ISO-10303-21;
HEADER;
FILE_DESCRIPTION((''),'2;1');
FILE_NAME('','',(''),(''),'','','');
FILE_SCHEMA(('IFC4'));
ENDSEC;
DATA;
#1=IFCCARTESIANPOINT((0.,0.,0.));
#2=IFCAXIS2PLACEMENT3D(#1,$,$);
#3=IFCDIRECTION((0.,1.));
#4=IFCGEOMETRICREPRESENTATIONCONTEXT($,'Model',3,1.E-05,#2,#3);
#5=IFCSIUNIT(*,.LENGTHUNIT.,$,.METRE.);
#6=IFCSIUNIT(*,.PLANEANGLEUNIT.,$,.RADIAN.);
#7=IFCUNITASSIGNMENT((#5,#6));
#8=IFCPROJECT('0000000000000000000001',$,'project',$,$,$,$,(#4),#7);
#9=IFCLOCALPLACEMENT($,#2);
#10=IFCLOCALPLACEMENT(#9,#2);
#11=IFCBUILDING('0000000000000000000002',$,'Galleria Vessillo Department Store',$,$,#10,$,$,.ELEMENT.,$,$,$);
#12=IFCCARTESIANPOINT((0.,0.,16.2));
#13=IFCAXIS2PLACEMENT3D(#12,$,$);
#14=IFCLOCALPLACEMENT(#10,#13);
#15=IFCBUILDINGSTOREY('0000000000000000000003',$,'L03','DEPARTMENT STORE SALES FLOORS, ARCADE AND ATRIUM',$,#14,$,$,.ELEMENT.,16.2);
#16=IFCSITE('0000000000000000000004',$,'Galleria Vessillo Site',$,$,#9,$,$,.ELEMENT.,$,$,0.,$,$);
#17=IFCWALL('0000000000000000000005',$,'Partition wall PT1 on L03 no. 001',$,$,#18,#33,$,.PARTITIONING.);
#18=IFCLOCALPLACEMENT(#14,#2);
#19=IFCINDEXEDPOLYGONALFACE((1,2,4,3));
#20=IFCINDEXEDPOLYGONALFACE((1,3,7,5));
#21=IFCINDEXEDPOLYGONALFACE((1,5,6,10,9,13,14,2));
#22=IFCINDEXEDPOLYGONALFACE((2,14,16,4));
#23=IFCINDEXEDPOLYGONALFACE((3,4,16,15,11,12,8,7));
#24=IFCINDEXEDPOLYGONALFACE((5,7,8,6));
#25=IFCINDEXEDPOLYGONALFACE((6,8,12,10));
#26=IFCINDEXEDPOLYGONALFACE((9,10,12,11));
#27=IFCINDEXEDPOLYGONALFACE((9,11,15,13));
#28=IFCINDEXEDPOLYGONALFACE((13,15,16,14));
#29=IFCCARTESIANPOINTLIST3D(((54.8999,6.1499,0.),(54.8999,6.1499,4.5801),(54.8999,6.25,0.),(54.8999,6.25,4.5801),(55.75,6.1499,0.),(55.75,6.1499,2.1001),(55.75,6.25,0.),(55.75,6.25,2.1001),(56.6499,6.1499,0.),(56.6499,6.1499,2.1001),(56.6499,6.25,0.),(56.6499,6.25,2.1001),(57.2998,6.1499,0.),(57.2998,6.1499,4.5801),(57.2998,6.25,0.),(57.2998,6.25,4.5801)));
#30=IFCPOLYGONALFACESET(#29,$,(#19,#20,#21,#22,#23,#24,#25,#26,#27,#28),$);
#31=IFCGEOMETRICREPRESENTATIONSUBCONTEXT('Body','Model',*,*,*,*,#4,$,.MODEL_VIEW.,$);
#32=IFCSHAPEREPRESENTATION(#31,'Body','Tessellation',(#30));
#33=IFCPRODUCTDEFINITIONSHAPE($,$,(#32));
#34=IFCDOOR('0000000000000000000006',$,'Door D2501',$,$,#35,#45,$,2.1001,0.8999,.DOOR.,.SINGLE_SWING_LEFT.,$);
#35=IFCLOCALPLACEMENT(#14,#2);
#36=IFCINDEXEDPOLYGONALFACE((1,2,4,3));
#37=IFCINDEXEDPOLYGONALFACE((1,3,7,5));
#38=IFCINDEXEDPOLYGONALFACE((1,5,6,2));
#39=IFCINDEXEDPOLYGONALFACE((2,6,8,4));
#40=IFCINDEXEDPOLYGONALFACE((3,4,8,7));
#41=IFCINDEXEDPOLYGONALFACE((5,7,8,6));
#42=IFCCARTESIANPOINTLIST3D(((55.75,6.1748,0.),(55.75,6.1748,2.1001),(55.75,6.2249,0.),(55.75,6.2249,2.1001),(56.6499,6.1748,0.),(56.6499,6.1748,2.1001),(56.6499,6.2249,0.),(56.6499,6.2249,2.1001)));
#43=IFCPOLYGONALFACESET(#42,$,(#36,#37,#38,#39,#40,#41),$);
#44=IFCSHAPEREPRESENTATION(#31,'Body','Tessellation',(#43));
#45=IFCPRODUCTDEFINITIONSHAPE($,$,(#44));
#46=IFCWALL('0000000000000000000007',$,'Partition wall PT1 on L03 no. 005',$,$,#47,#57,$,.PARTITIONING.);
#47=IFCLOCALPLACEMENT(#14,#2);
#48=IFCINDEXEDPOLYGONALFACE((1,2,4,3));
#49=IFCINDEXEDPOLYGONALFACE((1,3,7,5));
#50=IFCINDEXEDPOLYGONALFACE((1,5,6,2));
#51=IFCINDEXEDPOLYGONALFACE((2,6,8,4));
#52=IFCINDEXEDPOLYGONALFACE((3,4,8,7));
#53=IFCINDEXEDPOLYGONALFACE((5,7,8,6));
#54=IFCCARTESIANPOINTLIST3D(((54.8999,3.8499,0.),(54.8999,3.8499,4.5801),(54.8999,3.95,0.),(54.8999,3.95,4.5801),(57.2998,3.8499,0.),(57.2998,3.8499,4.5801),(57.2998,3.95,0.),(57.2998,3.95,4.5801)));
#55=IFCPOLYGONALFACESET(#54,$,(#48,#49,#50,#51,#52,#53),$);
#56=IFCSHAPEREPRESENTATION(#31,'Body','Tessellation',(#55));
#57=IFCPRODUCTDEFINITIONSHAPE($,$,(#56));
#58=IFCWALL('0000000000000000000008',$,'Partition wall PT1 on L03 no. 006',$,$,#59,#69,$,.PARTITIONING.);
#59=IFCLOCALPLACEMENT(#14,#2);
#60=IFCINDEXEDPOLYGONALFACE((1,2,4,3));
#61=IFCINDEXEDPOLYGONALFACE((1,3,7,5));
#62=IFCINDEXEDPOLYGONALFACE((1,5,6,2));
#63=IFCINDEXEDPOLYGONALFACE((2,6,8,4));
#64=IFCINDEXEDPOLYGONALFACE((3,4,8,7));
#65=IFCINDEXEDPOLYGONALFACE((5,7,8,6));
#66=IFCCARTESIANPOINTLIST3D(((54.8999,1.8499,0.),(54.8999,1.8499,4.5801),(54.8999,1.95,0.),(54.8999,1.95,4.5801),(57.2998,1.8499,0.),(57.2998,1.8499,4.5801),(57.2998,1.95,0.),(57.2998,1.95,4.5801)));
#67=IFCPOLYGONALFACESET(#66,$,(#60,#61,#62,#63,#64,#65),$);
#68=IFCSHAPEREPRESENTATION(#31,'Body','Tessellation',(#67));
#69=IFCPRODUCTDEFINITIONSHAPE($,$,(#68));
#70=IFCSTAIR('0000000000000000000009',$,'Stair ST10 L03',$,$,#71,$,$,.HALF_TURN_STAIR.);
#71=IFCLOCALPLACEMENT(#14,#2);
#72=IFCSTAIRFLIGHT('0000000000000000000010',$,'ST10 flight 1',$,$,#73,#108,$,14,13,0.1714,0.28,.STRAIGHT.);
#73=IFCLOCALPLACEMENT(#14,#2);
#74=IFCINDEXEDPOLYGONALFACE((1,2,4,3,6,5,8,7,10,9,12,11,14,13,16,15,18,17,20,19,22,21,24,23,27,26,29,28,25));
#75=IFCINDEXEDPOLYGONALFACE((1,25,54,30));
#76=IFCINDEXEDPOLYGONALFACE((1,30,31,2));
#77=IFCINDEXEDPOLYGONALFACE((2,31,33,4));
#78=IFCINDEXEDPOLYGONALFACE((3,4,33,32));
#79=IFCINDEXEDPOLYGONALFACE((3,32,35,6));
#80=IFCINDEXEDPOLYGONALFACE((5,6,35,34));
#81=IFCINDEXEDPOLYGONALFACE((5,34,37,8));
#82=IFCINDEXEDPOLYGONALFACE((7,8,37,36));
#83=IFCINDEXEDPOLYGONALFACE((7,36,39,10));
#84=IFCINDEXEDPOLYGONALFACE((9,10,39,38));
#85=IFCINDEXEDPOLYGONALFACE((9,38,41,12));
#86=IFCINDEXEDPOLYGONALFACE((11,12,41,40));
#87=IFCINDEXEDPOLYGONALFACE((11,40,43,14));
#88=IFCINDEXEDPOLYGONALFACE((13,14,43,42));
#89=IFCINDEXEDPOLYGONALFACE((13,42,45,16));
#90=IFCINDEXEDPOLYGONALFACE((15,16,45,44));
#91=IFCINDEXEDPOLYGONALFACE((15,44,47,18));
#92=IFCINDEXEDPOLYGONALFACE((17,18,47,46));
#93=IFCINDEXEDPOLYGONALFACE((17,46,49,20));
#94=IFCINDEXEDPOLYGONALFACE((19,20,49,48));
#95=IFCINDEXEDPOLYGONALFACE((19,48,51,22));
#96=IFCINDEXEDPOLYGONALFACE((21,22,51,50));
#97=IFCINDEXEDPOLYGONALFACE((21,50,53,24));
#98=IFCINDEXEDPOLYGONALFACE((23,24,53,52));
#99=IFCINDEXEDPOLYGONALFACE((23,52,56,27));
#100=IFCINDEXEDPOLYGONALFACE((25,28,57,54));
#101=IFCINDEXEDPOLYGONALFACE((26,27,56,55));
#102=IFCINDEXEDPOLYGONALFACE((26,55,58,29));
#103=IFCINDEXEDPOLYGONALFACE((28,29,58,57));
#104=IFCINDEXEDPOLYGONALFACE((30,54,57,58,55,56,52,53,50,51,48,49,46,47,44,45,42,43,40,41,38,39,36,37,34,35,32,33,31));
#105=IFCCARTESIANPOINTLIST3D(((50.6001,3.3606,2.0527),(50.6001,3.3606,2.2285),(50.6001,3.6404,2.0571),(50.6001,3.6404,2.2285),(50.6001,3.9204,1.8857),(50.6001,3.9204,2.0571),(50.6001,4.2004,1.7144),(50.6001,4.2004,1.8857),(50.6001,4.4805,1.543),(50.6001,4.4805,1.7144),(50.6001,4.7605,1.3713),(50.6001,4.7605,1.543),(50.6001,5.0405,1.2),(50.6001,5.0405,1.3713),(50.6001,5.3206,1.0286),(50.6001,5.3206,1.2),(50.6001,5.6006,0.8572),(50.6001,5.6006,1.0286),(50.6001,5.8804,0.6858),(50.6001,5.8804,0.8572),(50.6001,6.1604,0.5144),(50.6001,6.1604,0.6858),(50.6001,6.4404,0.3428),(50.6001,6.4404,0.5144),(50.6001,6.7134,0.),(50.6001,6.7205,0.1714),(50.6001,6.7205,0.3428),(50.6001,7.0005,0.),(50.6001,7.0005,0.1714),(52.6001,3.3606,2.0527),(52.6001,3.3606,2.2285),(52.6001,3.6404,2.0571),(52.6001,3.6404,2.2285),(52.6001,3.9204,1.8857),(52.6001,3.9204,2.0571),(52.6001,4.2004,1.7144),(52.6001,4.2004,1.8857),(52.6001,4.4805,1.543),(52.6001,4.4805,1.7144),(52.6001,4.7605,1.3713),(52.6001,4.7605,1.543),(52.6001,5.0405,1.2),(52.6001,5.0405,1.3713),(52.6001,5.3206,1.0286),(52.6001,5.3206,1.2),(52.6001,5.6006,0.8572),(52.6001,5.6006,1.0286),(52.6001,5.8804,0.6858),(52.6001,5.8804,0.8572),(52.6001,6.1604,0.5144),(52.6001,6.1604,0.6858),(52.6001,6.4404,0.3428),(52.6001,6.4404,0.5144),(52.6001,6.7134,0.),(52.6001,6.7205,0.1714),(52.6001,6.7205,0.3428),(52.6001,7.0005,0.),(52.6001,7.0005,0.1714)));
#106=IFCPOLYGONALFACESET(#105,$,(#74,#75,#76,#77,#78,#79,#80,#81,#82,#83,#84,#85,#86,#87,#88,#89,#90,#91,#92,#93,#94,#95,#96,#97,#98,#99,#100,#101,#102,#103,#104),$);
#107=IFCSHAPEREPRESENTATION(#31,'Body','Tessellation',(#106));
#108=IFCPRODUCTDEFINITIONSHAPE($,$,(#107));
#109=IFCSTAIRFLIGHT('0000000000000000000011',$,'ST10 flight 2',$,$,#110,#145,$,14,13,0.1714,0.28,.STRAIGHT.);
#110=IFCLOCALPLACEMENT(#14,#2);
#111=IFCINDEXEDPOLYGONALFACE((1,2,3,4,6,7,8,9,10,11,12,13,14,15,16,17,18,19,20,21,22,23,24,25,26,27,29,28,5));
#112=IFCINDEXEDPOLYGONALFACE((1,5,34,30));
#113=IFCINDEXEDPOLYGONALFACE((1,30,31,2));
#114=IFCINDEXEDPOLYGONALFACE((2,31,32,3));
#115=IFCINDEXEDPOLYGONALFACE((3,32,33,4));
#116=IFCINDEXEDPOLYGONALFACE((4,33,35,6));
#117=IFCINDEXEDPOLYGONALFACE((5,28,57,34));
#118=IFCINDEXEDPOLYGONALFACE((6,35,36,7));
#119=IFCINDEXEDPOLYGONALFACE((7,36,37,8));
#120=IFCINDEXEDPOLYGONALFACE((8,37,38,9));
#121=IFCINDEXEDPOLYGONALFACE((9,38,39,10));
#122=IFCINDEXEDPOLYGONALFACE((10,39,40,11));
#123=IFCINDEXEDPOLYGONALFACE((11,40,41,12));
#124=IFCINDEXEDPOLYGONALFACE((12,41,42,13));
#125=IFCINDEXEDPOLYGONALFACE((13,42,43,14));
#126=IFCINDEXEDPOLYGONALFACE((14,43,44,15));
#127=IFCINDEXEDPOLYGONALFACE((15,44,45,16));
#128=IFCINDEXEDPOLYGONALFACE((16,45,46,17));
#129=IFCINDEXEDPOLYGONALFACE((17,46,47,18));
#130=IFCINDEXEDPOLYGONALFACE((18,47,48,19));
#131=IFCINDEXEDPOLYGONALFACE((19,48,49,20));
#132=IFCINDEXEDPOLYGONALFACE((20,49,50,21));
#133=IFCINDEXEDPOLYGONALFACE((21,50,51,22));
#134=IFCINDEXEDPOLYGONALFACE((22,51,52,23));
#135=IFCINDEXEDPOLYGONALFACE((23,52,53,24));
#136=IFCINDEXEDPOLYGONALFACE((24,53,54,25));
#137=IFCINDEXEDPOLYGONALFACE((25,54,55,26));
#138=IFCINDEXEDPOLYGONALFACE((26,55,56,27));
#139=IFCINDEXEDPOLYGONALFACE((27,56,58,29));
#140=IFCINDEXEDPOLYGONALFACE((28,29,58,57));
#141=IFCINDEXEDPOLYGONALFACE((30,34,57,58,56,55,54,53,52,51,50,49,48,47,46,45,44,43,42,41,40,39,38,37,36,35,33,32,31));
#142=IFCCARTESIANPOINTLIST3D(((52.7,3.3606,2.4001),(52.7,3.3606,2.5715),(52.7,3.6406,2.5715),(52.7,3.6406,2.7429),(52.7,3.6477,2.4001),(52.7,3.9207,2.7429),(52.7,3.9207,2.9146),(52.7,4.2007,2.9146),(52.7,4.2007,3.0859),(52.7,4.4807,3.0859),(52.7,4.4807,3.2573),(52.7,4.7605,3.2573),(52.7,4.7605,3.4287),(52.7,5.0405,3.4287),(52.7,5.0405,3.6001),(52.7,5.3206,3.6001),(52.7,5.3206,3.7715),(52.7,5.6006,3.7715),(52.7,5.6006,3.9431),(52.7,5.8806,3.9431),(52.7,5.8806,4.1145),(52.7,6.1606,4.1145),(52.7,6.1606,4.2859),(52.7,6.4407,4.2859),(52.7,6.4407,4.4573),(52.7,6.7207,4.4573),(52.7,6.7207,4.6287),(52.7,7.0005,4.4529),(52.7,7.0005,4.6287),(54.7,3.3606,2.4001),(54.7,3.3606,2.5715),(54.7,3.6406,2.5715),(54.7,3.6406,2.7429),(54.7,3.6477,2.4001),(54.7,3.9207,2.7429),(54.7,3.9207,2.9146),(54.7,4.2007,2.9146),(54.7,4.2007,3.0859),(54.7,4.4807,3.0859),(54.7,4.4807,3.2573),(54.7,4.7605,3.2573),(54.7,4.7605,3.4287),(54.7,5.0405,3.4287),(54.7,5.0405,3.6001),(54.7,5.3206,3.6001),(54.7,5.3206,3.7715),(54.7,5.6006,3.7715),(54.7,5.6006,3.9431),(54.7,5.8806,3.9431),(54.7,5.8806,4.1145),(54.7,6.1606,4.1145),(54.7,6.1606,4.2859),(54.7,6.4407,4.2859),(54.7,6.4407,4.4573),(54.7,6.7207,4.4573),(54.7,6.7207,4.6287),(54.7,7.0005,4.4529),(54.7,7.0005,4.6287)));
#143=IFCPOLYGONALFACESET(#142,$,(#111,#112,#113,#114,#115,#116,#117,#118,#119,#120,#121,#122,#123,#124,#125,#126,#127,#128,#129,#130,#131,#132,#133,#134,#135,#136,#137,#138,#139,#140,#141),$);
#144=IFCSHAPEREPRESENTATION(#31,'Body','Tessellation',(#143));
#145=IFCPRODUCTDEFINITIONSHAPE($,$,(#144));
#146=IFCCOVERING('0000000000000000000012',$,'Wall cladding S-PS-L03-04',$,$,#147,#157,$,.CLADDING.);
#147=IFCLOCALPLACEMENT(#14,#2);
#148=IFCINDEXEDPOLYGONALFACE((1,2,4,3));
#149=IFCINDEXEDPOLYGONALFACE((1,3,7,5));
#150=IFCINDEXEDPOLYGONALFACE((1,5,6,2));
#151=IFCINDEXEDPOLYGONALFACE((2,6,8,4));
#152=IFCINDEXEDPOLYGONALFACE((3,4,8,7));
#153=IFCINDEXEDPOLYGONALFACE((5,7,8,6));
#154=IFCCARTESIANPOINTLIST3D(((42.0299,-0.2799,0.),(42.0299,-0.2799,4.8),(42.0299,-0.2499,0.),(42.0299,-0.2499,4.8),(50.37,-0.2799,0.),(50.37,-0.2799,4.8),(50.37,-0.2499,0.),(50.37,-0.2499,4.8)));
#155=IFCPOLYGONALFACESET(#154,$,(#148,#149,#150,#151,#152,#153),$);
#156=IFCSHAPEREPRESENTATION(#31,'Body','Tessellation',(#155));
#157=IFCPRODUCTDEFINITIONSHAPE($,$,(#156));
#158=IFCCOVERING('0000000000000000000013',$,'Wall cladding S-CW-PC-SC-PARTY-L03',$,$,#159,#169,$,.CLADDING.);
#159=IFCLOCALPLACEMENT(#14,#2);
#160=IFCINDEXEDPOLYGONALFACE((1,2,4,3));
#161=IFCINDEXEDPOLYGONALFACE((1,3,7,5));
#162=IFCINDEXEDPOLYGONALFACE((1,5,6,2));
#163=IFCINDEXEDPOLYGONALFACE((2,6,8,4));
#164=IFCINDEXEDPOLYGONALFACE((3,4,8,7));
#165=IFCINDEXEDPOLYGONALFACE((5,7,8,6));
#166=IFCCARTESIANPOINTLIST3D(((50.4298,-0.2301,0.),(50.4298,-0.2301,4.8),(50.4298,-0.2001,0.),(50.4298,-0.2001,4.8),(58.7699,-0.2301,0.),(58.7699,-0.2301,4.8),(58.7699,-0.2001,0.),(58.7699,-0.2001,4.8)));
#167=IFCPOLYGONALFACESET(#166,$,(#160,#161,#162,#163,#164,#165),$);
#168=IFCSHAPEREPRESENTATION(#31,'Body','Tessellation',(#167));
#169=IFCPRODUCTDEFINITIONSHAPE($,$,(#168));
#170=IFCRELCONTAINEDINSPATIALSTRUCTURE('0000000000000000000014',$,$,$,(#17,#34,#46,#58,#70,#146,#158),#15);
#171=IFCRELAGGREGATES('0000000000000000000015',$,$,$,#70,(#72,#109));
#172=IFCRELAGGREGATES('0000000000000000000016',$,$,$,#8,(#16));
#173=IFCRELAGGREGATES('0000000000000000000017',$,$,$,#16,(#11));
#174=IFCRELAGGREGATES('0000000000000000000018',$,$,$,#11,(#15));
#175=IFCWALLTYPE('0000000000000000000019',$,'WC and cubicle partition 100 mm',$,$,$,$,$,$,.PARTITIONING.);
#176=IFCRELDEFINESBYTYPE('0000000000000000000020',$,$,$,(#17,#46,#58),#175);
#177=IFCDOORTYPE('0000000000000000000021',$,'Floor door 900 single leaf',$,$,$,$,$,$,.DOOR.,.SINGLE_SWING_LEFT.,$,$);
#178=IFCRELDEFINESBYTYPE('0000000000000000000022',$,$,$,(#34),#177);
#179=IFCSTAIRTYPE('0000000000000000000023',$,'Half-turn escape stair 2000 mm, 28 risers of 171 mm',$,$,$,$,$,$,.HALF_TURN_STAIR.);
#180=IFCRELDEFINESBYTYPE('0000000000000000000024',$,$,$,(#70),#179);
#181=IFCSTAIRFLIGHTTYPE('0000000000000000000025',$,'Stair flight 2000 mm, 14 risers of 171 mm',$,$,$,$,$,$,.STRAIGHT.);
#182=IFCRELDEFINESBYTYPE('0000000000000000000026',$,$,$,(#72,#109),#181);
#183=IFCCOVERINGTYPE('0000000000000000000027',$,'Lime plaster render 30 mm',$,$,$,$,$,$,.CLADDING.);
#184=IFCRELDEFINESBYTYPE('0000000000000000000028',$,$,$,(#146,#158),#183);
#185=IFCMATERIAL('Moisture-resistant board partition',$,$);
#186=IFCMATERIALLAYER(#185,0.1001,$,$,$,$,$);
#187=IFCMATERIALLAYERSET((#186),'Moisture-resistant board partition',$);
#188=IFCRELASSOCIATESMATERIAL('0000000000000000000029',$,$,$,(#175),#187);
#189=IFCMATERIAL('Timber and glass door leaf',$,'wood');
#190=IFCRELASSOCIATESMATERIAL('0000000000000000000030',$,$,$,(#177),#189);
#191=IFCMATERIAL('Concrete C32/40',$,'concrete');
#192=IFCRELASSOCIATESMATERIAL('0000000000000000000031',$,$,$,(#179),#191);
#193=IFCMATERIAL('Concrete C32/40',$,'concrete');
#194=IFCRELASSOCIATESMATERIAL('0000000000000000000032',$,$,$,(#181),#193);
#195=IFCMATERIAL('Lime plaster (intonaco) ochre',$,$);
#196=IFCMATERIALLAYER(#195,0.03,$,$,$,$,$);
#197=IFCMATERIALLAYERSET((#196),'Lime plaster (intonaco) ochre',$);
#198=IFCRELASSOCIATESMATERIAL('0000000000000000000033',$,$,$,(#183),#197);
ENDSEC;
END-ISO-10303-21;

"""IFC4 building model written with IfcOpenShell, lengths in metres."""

from ifc_helpers import new_model, si_unit, direction, frame, frame_2d, origin, origin_2d, place, context, subcontext, project, spatial, polyline, rectangle, outline, extrude, material, layer, layer_set, type_object, element, fill, aggregate, save


model = new_model("IFC4")

# Units and contexts
model_context = context("Model", 3, precision=1e-05, world=origin(), true_north=direction((0.0, 1.0)))
body_context = subcontext(model_context, "Body", "Model", "MODEL_VIEW")
ifc_project = project(units=[si_unit("LENGTHUNIT", "METRE"), si_unit("PLANEANGLEUNIT", "RADIAN")], contexts=[model_context])

# Site, building, storey
site_placement = place(None, origin())
site = spatial("IfcSite", under=ifc_project, at=site_placement, Name="Galleria Vessillo Site", CompositionType="ELEMENT", RefElevation=0.0)
building_placement = place(site_placement, origin())
building = spatial("IfcBuilding", under=site, at=building_placement, Name="Galleria Vessillo Department Store", CompositionType="ELEMENT")
storey_placement = place(building_placement, frame((0.0, 0.0, 16.2)))
storey = spatial("IfcBuildingStorey", under=building, at=storey_placement, Name="L03", Description="DEPARTMENT STORE SALES FLOORS, ARCADE AND ATRIUM", CompositionType="ELEMENT", Elevation=16.2)

# Wall, opening, door
ifc_material_1 = material(Name="Moisture-resistant board partition")
ifc_layer_1 = layer(ifc_material_1, 0.1001)
ifc_layer_set_1 = layer_set([ifc_layer_1], Name="Moisture-resistant board partition")
wall_type_1 = type_object("IfcWallType", Name="WC and cubicle partition 100 mm", PredefinedType="PARTITIONING", material=ifc_layer_set_1)
wall_1_placement = place(storey_placement, frame((54.8999, 6.2, 0.0), z_axis=(0.0, 0.0, 1.0), x_axis=(1.0, 0.0, 0.0)))
wall_1 = element("IfcWall", 1, at=wall_1_placement, inside=storey, type_object=wall_type_1, Name="Partition wall PT1 on L03 no. 001", PredefinedType="PARTITIONING", context=body_context, shape_type="SweptSolid", body=[
    extrude(rectangle(XDim=2.3999, YDim=0.1001, at=frame_2d((1.2, 0.0))), origin(), (0.0, 0.0, 1.0), 4.5801),
])
opening_placement = place(wall_1_placement, frame((0.8501, 0.0, 0.0)))
opening = element("IfcOpeningElement", 2, at=opening_placement, cuts=wall_1, PredefinedType="OPENING", context=body_context, shape_type="SweptSolid", body=[
    extrude(rectangle(XDim=0.8999, YDim=2.1001, at=frame_2d((0.45, 1.05))), frame((0.0, 0.0601, 0.0), z_axis=(0.0, -1.0, 0.0), x_axis=(1.0, 0.0, 0.0)), (0.0, 0.0, 1.0), 0.1201),
])
ifc_material_2 = material(Name="Timber and glass door leaf", Category="wood")
door_type = type_object("IfcDoorType", Name="Floor door 900 single leaf", OperationType="SINGLE_SWING_LEFT", PredefinedType="DOOR", material=ifc_material_2)
door_placement = place(opening_placement, origin())
door = element("IfcDoor", 3, at=door_placement, inside=storey, type_object=door_type, Name="Door D2501", OperationType="SINGLE_SWING_LEFT", OverallHeight=2.1001, OverallWidth=0.8999, PredefinedType="DOOR", context=body_context, shape_type="SweptSolid", body=[
    extrude(rectangle(XDim=0.8999, YDim=2.1001, at=frame_2d((0.45, 1.05))), frame((0.0, 0.0249, 0.0), z_axis=(0.0, -1.0, 0.0), x_axis=(1.0, 0.0, 0.0)), (0.0, 0.0, 1.0), 0.05),
])
fill(opening, door)

# Walls
for number, where, z_axis, x_axis, name in (
    (4, (54.8999, 3.8999, 0.0), (0.0, 0.0, 1.0), (1.0, 0.0, 0.0), "Partition wall PT1 on L03 no. 005"),
    (5, (54.8999, 1.8999, 0.0), (0.0, 0.0, 1.0), (1.0, 0.0, 0.0), "Partition wall PT1 on L03 no. 006"),
):
    element("IfcWall", number, at=place(storey_placement, frame(where, z_axis=z_axis, x_axis=x_axis)), inside=storey, type_object=wall_type_1, Name=name, PredefinedType="PARTITIONING", context=body_context, shape_type="SweptSolid", body=[
        extrude(rectangle(XDim=2.3999, YDim=0.1001, at=frame_2d((1.2, 0.0))), origin(), (0.0, 0.0, 1.0), 4.5801),
    ])

# Stair, stair flights
ifc_material_3 = material(Name="Concrete C32/40", Category="concrete")
stair_type = type_object("IfcStairType", Name="Half-turn escape stair 2000 mm, 28 risers of 171 mm", PredefinedType="HALF_TURN_STAIR", material=ifc_material_3)
stair_placement = place(storey_placement, origin())
stair = element("IfcStair", 6, at=stair_placement, inside=storey, type_object=stair_type, Name="Stair ST10 L03", PredefinedType="HALF_TURN_STAIR")
ifc_material_4 = material(Name="Concrete C32/40", Category="concrete")
stair_flight_type = type_object("IfcStairFlightType", Name="Stair flight 2000 mm, 14 risers of 171 mm", PredefinedType="STRAIGHT", material=ifc_material_4)
stair_flight_1_placement = place(storey_placement, frame((51.6001, 7.0005, 0.0), z_axis=(0.0, 0.0, 1.0), x_axis=(0.0, -1.0, 0.0)))
stair_flight_1 = element("IfcStairFlight", 7, at=stair_flight_1_placement, type_object=stair_flight_type, Name="ST10 flight 1", NumberOfRisers=14, NumberOfTreads=13, PredefinedType="STRAIGHT", RiserHeight=0.1714, TreadLength=0.28, context=body_context, shape_type="SweptSolid", body=[
    extrude(outline(polyline([(0.0, 0.0), (0.0, 0.1714), (0.28, 0.1714), (0.28, 0.3428), (0.5601, 0.3428), (0.5601, 0.5144), (0.8401, 0.5144), (0.8401, 0.6858), (1.1201, 0.6858), (1.1201, 0.8572), (1.3999, 0.8572), (1.3999, 1.0286), (1.6799, 1.0286), (1.6799, 1.2), (1.96, 1.2), (1.96, 1.3713), (2.24, 1.3713), (2.24, 1.543), (2.52, 1.543), (2.52, 1.7144), (2.8, 1.7144), (2.8, 1.8857), (3.0801, 1.8857), (3.0801, 2.0571), (3.3601, 2.0571), (3.3601, 2.2285), (3.6399, 2.2285), (3.6399, 2.3999), (3.6399, 2.0527), (0.2871, 0.0), (0.0, 0.0)])), frame((0.0, 1.0, 0.0), z_axis=(0.0, -1.0, 0.0), x_axis=(1.0, 0.0, 0.0)), (0.0, 0.0, 1.0), 2.0),
])
stair_flight_2_placement = place(storey_placement, frame((53.7, 3.3606, 2.4001), z_axis=(0.0, 0.0, 1.0), x_axis=(0.0, 1.0, 0.0)))
stair_flight_2 = element("IfcStairFlight", 8, at=stair_flight_2_placement, type_object=stair_flight_type, Name="ST10 flight 2", NumberOfRisers=14, NumberOfTreads=13, PredefinedType="STRAIGHT", RiserHeight=0.1714, TreadLength=0.28, context=body_context, shape_type="SweptSolid", body=[
    extrude(outline(polyline([(0.0, 0.0), (0.0, 0.1714), (0.28, 0.1714), (0.28, 0.3428), (0.5601, 0.3428), (0.5601, 0.5144), (0.8401, 0.5144), (0.8401, 0.6858), (1.1201, 0.6858), (1.1201, 0.8572), (1.3999, 0.8572), (1.3999, 1.0286), (1.6799, 1.0286), (1.6799, 1.2), (1.96, 1.2), (1.96, 1.3713), (2.24, 1.3713), (2.24, 1.543), (2.52, 1.543), (2.52, 1.7144), (2.8, 1.7144), (2.8, 1.8857), (3.0801, 1.8857), (3.0801, 2.0571), (3.3601, 2.0571), (3.3601, 2.2285), (3.6399, 2.2285), (3.6399, 2.3999), (3.6399, 2.0527), (0.2871, 0.0), (0.0, 0.0)])), frame((0.0, 1.0, 0.0), z_axis=(0.0, -1.0, 0.0), x_axis=(1.0, 0.0, 0.0)), (0.0, 0.0, 1.0), 2.0),
])
aggregate(stair, [stair_flight_1, stair_flight_2])

# Coverings
ifc_material_5 = material(Name="Lime plaster (intonaco) ochre")
ifc_layer_2 = layer(ifc_material_5, 0.03)
ifc_layer_set_2 = layer_set([ifc_layer_2], Name="Lime plaster (intonaco) ochre")
covering_type = type_object("IfcCoveringType", Name="Lime plaster render 30 mm", PredefinedType="CLADDING", material=ifc_layer_set_2)
for number, where, z_axis, x_axis, name in (
    (9, (46.2, -0.2649, 0.0), (0.0, 0.0, 1.0), (1.0, 0.0, 0.0), "Wall cladding S-PS-L03-04"),
    (10, (54.5999, -0.2151, 0.0), (0.0, 0.0, 1.0), (1.0, 0.0, 0.0), "Wall cladding S-CW-PC-SC-PARTY-L03"),
):
    element("IfcCovering", number, at=place(storey_placement, frame(where, z_axis=z_axis, x_axis=x_axis)), inside=storey, type_object=covering_type, Name=name, PredefinedType="CLADDING", context=body_context, shape_type="SweptSolid", body=[
        extrude(rectangle(XDim=8.3401, YDim=0.03, at=origin_2d()), origin(), (0.0, 0.0, 1.0), 4.8),
    ])

save(model, "model.ifc")
